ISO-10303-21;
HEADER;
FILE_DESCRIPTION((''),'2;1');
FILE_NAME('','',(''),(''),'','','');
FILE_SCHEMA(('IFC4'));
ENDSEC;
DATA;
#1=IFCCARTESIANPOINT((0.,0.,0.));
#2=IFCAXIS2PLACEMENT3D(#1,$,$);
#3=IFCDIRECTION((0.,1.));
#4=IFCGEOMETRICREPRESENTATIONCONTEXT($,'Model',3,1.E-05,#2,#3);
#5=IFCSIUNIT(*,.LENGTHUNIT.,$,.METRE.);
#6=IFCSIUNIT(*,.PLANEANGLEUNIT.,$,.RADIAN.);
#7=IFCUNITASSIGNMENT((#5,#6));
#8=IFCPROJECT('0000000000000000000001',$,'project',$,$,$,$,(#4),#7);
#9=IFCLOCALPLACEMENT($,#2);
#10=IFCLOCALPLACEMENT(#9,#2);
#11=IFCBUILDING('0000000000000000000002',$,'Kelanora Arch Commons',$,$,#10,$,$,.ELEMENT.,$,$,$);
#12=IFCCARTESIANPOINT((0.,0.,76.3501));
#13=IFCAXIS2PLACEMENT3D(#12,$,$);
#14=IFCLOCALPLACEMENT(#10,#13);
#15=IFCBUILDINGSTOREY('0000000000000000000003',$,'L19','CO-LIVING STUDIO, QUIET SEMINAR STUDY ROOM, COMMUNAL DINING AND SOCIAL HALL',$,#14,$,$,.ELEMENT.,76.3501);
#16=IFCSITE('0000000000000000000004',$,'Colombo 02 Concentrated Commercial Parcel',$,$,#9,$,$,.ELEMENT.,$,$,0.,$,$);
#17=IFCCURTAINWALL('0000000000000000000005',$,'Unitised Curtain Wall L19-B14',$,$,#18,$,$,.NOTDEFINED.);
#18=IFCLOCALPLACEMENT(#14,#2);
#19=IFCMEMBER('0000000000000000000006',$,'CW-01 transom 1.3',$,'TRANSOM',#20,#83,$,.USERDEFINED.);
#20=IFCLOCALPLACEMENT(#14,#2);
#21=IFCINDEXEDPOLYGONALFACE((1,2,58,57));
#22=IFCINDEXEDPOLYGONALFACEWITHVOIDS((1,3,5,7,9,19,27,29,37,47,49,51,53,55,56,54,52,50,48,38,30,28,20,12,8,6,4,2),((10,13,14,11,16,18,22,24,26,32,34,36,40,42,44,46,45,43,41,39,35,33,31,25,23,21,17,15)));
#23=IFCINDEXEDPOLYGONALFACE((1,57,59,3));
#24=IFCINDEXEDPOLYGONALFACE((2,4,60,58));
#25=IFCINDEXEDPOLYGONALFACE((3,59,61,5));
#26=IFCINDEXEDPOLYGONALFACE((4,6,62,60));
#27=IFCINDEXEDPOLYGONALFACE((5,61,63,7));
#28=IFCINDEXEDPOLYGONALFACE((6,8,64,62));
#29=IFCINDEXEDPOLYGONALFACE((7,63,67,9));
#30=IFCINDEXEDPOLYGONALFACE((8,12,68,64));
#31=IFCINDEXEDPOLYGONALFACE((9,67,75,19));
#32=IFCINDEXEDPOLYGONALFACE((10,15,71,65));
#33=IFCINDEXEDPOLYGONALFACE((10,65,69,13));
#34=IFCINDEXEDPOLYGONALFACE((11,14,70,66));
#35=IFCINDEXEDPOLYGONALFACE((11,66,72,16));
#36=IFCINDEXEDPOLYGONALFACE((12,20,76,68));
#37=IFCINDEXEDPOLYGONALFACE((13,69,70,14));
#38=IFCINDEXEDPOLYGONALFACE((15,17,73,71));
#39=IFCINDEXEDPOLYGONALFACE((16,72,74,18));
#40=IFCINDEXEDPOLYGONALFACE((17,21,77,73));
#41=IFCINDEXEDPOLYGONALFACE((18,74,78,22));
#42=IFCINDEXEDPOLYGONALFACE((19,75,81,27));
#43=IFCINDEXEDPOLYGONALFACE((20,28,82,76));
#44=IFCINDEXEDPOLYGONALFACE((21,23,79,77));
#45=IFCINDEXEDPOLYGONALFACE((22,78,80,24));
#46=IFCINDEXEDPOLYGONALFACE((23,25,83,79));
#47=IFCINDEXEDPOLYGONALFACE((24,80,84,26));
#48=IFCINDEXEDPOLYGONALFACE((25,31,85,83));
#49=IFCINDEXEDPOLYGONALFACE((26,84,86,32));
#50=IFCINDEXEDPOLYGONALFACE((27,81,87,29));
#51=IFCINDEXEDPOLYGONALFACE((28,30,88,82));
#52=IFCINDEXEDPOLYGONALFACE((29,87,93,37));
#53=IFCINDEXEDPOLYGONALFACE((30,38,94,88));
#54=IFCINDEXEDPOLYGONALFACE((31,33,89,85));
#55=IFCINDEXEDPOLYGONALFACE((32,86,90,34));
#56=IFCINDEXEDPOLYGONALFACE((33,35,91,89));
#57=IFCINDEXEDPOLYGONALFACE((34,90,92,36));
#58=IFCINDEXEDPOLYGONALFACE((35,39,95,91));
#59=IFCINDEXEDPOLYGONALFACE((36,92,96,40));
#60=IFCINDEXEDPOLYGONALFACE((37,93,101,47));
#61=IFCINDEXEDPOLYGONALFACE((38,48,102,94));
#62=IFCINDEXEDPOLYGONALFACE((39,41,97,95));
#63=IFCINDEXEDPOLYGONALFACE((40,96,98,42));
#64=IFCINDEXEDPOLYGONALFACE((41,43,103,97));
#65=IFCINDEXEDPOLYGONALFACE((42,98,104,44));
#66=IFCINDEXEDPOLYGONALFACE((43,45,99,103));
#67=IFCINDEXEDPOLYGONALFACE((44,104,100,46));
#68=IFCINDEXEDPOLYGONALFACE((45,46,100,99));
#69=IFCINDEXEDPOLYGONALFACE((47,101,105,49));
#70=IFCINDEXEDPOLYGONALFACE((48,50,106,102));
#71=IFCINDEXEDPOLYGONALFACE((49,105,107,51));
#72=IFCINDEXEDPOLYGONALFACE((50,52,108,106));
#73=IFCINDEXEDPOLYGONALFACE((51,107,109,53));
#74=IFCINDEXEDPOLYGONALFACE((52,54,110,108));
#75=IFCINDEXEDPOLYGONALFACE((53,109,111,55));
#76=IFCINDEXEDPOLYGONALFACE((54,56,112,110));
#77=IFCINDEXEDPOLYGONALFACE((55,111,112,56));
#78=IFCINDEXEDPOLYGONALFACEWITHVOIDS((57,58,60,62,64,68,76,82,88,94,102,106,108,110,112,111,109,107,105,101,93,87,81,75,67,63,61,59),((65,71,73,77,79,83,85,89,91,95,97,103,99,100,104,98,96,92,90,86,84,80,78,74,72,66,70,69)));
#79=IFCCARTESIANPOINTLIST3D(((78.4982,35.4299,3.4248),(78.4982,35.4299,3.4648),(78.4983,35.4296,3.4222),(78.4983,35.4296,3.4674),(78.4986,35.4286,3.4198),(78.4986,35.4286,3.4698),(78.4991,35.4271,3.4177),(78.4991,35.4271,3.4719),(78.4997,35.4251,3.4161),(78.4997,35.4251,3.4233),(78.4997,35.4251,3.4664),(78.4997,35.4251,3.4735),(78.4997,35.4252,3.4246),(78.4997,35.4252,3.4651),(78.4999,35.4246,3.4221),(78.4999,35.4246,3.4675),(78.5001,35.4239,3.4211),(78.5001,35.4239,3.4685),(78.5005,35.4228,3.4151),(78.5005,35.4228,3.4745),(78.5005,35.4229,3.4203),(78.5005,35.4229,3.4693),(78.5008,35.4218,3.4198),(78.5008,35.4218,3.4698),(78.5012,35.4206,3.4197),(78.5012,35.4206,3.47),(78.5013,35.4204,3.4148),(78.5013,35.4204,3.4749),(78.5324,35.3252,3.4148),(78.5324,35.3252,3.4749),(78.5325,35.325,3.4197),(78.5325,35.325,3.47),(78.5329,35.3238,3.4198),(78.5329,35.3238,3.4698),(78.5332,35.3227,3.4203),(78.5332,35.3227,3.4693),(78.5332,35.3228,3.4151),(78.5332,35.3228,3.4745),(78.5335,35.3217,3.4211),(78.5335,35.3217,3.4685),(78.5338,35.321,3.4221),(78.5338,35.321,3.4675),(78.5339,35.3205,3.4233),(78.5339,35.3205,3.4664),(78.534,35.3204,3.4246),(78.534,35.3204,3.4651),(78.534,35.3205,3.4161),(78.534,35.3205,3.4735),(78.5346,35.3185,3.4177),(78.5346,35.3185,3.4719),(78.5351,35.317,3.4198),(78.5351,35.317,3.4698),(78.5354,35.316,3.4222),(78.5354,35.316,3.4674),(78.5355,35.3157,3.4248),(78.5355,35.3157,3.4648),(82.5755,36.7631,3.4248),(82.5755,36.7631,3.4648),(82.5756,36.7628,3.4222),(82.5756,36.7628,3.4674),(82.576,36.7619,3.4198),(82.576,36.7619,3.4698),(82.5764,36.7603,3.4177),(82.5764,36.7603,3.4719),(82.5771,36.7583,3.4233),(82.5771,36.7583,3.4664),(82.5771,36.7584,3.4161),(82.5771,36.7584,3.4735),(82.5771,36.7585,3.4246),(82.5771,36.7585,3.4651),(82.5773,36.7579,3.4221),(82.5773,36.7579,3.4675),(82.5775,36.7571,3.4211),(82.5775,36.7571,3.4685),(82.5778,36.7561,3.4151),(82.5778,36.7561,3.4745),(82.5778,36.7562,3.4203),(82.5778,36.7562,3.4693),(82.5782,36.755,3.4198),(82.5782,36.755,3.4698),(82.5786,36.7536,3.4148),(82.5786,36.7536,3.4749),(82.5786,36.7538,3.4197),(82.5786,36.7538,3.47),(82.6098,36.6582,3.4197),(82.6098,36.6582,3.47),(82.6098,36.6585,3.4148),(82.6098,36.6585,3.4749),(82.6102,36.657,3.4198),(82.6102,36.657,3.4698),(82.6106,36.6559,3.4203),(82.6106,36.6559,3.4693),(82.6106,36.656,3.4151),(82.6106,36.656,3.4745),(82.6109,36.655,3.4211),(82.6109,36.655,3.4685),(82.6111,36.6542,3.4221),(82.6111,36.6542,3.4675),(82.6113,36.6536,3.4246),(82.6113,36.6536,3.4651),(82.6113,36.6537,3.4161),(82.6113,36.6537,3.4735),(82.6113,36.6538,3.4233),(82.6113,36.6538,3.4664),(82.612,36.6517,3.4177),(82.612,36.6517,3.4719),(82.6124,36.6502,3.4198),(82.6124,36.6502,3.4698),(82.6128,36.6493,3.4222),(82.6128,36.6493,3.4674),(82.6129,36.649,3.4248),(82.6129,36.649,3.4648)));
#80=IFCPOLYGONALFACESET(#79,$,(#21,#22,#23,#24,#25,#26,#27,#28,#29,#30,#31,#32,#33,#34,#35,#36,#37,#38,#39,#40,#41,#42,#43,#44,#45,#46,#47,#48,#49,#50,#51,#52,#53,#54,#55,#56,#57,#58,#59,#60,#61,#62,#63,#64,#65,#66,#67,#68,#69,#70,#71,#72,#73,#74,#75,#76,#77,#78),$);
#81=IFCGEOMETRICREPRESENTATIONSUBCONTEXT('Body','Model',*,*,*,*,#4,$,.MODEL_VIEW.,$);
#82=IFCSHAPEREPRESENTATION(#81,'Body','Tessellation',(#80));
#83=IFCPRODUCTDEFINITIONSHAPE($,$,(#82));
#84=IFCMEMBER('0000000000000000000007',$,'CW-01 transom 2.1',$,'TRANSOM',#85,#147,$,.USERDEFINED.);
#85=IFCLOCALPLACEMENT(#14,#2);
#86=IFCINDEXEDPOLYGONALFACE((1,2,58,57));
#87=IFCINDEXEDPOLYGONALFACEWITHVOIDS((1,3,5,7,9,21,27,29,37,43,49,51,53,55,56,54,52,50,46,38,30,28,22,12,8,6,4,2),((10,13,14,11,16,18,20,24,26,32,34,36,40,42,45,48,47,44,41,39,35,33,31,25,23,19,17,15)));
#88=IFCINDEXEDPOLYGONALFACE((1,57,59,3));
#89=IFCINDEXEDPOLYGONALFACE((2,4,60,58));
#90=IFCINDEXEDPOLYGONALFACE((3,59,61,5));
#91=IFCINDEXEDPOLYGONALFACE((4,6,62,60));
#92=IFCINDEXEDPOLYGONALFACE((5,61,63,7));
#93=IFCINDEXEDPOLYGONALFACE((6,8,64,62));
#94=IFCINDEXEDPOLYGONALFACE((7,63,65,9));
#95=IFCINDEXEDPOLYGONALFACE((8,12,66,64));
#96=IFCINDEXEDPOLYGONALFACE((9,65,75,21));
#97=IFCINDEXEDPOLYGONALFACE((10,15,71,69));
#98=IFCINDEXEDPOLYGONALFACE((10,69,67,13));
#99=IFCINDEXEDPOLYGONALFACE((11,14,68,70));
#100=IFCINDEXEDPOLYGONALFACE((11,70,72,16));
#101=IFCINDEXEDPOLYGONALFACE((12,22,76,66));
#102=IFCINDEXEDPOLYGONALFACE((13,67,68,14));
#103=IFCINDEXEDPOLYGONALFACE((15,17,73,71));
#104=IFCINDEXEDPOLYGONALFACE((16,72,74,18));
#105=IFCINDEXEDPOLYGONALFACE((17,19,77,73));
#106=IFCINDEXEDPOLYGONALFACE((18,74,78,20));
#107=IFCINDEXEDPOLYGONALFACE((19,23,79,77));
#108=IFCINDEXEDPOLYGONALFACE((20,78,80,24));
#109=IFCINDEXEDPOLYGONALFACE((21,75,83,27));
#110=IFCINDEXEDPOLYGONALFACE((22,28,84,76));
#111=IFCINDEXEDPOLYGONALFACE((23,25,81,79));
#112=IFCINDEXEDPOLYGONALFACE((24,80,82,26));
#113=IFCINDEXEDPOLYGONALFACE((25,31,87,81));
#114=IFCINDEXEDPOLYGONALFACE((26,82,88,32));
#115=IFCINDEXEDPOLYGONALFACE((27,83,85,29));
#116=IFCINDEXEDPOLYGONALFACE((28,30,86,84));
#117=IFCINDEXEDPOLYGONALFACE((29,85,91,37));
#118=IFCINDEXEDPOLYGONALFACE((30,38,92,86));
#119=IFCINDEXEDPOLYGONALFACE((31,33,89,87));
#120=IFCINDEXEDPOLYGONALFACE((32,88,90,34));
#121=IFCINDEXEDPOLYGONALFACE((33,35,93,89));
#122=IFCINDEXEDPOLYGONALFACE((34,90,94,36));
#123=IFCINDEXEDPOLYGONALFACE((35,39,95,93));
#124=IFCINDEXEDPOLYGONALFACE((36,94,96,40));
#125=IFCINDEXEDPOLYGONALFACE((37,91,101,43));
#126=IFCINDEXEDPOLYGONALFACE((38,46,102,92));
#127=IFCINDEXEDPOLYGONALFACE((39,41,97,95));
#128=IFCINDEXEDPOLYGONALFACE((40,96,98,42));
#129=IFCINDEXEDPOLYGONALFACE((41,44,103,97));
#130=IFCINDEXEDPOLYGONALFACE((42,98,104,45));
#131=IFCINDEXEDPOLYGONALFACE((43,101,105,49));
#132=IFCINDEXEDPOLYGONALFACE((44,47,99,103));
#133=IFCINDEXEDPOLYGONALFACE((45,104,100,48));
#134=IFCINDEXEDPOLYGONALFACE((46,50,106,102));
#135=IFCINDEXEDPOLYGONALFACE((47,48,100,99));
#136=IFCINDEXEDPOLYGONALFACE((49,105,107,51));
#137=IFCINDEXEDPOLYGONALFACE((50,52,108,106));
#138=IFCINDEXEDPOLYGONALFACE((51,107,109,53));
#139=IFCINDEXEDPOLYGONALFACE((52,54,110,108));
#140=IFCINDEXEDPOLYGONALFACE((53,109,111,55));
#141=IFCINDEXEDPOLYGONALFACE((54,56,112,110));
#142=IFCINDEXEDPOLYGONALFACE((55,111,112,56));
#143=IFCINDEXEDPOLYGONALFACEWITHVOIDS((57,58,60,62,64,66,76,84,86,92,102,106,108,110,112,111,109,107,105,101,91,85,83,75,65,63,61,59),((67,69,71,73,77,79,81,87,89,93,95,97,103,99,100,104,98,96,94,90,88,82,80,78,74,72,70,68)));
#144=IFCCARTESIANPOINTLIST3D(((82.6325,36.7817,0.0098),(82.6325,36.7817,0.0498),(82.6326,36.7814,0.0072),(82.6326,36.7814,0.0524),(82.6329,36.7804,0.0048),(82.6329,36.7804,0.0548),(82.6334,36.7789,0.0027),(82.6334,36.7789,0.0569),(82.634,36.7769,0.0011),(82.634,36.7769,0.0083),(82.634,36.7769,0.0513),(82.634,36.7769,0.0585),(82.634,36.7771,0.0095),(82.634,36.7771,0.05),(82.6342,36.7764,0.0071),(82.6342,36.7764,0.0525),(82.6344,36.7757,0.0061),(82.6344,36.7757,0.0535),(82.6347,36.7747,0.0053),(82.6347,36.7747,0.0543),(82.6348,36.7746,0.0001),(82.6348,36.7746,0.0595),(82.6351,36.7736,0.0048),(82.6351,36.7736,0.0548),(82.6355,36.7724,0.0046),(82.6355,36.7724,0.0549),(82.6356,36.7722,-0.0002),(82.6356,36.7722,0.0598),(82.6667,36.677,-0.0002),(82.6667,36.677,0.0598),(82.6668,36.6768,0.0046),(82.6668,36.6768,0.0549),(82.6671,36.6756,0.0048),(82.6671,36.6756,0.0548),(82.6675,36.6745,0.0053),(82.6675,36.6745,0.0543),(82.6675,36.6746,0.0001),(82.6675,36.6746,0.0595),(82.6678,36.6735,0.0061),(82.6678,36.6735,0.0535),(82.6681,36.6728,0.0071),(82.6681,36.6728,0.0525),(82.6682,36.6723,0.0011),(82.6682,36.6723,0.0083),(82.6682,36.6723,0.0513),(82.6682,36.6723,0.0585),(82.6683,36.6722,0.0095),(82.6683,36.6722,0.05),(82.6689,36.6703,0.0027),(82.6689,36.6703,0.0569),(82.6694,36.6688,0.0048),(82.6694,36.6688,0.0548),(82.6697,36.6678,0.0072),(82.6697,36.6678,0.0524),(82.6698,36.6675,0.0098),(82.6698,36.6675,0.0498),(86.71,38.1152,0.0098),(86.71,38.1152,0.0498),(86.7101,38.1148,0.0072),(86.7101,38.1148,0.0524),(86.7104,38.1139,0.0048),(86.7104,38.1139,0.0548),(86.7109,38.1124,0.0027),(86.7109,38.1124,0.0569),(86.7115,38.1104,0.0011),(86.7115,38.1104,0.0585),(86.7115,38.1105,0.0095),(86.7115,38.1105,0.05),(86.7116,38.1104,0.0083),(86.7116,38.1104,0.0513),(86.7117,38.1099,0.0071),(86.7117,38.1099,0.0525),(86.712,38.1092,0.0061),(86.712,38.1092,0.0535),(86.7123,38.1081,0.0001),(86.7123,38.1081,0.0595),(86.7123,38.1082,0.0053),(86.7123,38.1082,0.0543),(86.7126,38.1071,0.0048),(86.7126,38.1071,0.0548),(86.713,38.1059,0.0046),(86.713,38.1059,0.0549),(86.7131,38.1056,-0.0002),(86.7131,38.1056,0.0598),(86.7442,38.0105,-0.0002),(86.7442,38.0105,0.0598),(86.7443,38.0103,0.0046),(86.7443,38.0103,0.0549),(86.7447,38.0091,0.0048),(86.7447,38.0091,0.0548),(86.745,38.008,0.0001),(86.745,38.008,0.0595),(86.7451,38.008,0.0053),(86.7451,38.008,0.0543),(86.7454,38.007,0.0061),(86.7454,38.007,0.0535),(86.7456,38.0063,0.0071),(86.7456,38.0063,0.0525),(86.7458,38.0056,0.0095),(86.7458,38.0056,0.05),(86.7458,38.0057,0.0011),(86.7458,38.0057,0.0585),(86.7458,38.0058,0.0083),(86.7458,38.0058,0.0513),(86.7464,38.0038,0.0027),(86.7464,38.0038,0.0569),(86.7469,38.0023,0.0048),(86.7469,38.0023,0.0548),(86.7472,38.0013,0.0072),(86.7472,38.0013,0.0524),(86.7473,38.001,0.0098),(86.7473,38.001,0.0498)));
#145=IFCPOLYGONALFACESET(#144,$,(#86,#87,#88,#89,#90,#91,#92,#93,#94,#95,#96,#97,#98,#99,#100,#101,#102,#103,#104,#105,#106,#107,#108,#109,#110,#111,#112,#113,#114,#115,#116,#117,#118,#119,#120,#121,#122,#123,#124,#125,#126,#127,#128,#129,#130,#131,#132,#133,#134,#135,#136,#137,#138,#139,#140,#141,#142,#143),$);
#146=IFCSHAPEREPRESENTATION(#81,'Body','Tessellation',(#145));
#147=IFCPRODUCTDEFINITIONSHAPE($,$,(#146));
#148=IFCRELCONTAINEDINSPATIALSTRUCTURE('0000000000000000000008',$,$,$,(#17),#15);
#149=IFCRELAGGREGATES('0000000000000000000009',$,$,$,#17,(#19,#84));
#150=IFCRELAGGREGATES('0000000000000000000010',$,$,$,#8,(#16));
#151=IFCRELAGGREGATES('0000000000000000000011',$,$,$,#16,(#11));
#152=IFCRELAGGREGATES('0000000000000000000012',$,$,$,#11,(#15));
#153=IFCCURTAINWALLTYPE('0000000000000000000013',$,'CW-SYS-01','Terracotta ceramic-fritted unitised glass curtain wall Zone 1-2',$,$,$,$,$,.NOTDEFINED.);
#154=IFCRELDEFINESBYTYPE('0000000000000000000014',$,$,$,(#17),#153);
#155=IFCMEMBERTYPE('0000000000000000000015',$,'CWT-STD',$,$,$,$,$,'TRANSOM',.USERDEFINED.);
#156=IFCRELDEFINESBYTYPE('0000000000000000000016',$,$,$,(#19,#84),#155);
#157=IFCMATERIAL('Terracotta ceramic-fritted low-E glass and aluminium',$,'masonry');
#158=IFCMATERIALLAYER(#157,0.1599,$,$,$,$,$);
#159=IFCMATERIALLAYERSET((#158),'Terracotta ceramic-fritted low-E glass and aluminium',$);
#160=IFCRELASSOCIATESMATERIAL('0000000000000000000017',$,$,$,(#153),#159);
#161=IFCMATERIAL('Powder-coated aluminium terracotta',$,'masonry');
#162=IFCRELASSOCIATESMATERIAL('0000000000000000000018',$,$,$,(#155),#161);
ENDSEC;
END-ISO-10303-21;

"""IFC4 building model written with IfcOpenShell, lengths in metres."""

from ifc_helpers import new_model, si_unit, direction, frame, origin, origin_2d, place, context, subcontext, project, spatial, hollow_rectangle, extrude, material, layer, layer_set, material_profile, profile_set, type_object, element, aggregate, save


model = new_model("IFC4")

# Units and contexts
model_context = context("Model", 3, precision=1e-05, world=origin(), true_north=direction((0.0, 1.0)))
body_context = subcontext(model_context, "Body", "Model", "MODEL_VIEW")
ifc_project = project(units=[si_unit("LENGTHUNIT", "METRE"), si_unit("PLANEANGLEUNIT", "RADIAN")], contexts=[model_context])

# Site, building, storey
site_placement = place(None, origin())
site = spatial("IfcSite", under=ifc_project, at=site_placement, Name="Colombo 02 Concentrated Commercial Parcel", CompositionType="ELEMENT", RefElevation=0.0)
building_placement = place(site_placement, origin())
building = spatial("IfcBuilding", under=site, at=building_placement, Name="Kelanora Arch Commons", CompositionType="ELEMENT")
storey_placement = place(building_placement, frame((0.0, 0.0, 76.3501)))
storey = spatial("IfcBuildingStorey", under=building, at=storey_placement, Name="L19", Description="CO-LIVING STUDIO, QUIET SEMINAR STUDY ROOM, COMMUNAL DINING AND SOCIAL HALL", CompositionType="ELEMENT", Elevation=76.3501)

# Curtain wall, members
ifc_material_1 = material(Name="Terracotta ceramic-fritted low-E glass and aluminium", Category="masonry")
ifc_layer_1 = layer(ifc_material_1, 0.1599)
ifc_layer_set_1 = layer_set([ifc_layer_1], Name="Terracotta ceramic-fritted low-E glass and aluminium")
curtain_wall_type = type_object("IfcCurtainWallType", Name="CW-SYS-01", Description="Terracotta ceramic-fritted unitised glass curtain wall Zone 1-2", PredefinedType="NOTDEFINED", material=ifc_layer_set_1)
curtain_wall_placement = place(storey_placement, origin())
curtain_wall = element("IfcCurtainWall", 1, at=curtain_wall_placement, inside=storey, type_object=curtain_wall_type, Name="Unitised Curtain Wall L19-B14", PredefinedType="NOTDEFINED")
ifc_material_2 = material(Name="Powder-coated aluminium terracotta", Category="masonry")
ifc_material_profile_1 = material_profile(ifc_material_2, hollow_rectangle(XDim=0.1201, YDim=0.0601, WallThickness=0.0049, InnerFilletRadius=0.0049, OuterFilletRadius=0.01, at=origin_2d()), Name="CWT120x60")
ifc_profile_set_1 = profile_set([ifc_material_profile_1], Name="Powder-coated aluminium terracotta")
member_type_1 = type_object("IfcMemberType", Name="CWT-STD", ElementType="TRANSOM", PredefinedType="USERDEFINED", material=ifc_profile_set_1)
member_1_placement = place(storey_placement, frame((78.5168, 35.3728, 3.4448), z_axis=(0.950478, 0.310793, 0.0), x_axis=(-0.310793, 0.950478, 0.0)))
member_1 = element("IfcMember", 2, at=member_1_placement, type_object=member_type_1, Name="CW-01 transom 1.3", ObjectType="TRANSOM", PredefinedType="USERDEFINED", context=body_context, shape_type="SweptSolid", body=[
    extrude(hollow_rectangle(XDim=0.1201, YDim=0.0601, WallThickness=0.0049, InnerFilletRadius=0.0049, OuterFilletRadius=0.01, at=origin_2d()), origin(), (0.0, 0.0, 1.0), 4.2898),
])
member_2_placement = place(storey_placement, frame((82.6511, 36.7246, 0.0298), z_axis=(0.950466, 0.310828, 0.0), x_axis=(-0.310828, 0.950466, 0.0)))
member_2 = element("IfcMember", 3, at=member_2_placement, type_object=member_type_1, Name="CW-01 transom 2.1", ObjectType="TRANSOM", PredefinedType="USERDEFINED", context=body_context, shape_type="SweptSolid", body=[
    extrude(hollow_rectangle(XDim=0.1201, YDim=0.0601, WallThickness=0.0049, InnerFilletRadius=0.0049, OuterFilletRadius=0.01, at=origin_2d()), origin(), (0.0, 0.0, 1.0), 4.29),
])
aggregate(curtain_wall, [member_1, member_2])

save(model, "model.ifc")
